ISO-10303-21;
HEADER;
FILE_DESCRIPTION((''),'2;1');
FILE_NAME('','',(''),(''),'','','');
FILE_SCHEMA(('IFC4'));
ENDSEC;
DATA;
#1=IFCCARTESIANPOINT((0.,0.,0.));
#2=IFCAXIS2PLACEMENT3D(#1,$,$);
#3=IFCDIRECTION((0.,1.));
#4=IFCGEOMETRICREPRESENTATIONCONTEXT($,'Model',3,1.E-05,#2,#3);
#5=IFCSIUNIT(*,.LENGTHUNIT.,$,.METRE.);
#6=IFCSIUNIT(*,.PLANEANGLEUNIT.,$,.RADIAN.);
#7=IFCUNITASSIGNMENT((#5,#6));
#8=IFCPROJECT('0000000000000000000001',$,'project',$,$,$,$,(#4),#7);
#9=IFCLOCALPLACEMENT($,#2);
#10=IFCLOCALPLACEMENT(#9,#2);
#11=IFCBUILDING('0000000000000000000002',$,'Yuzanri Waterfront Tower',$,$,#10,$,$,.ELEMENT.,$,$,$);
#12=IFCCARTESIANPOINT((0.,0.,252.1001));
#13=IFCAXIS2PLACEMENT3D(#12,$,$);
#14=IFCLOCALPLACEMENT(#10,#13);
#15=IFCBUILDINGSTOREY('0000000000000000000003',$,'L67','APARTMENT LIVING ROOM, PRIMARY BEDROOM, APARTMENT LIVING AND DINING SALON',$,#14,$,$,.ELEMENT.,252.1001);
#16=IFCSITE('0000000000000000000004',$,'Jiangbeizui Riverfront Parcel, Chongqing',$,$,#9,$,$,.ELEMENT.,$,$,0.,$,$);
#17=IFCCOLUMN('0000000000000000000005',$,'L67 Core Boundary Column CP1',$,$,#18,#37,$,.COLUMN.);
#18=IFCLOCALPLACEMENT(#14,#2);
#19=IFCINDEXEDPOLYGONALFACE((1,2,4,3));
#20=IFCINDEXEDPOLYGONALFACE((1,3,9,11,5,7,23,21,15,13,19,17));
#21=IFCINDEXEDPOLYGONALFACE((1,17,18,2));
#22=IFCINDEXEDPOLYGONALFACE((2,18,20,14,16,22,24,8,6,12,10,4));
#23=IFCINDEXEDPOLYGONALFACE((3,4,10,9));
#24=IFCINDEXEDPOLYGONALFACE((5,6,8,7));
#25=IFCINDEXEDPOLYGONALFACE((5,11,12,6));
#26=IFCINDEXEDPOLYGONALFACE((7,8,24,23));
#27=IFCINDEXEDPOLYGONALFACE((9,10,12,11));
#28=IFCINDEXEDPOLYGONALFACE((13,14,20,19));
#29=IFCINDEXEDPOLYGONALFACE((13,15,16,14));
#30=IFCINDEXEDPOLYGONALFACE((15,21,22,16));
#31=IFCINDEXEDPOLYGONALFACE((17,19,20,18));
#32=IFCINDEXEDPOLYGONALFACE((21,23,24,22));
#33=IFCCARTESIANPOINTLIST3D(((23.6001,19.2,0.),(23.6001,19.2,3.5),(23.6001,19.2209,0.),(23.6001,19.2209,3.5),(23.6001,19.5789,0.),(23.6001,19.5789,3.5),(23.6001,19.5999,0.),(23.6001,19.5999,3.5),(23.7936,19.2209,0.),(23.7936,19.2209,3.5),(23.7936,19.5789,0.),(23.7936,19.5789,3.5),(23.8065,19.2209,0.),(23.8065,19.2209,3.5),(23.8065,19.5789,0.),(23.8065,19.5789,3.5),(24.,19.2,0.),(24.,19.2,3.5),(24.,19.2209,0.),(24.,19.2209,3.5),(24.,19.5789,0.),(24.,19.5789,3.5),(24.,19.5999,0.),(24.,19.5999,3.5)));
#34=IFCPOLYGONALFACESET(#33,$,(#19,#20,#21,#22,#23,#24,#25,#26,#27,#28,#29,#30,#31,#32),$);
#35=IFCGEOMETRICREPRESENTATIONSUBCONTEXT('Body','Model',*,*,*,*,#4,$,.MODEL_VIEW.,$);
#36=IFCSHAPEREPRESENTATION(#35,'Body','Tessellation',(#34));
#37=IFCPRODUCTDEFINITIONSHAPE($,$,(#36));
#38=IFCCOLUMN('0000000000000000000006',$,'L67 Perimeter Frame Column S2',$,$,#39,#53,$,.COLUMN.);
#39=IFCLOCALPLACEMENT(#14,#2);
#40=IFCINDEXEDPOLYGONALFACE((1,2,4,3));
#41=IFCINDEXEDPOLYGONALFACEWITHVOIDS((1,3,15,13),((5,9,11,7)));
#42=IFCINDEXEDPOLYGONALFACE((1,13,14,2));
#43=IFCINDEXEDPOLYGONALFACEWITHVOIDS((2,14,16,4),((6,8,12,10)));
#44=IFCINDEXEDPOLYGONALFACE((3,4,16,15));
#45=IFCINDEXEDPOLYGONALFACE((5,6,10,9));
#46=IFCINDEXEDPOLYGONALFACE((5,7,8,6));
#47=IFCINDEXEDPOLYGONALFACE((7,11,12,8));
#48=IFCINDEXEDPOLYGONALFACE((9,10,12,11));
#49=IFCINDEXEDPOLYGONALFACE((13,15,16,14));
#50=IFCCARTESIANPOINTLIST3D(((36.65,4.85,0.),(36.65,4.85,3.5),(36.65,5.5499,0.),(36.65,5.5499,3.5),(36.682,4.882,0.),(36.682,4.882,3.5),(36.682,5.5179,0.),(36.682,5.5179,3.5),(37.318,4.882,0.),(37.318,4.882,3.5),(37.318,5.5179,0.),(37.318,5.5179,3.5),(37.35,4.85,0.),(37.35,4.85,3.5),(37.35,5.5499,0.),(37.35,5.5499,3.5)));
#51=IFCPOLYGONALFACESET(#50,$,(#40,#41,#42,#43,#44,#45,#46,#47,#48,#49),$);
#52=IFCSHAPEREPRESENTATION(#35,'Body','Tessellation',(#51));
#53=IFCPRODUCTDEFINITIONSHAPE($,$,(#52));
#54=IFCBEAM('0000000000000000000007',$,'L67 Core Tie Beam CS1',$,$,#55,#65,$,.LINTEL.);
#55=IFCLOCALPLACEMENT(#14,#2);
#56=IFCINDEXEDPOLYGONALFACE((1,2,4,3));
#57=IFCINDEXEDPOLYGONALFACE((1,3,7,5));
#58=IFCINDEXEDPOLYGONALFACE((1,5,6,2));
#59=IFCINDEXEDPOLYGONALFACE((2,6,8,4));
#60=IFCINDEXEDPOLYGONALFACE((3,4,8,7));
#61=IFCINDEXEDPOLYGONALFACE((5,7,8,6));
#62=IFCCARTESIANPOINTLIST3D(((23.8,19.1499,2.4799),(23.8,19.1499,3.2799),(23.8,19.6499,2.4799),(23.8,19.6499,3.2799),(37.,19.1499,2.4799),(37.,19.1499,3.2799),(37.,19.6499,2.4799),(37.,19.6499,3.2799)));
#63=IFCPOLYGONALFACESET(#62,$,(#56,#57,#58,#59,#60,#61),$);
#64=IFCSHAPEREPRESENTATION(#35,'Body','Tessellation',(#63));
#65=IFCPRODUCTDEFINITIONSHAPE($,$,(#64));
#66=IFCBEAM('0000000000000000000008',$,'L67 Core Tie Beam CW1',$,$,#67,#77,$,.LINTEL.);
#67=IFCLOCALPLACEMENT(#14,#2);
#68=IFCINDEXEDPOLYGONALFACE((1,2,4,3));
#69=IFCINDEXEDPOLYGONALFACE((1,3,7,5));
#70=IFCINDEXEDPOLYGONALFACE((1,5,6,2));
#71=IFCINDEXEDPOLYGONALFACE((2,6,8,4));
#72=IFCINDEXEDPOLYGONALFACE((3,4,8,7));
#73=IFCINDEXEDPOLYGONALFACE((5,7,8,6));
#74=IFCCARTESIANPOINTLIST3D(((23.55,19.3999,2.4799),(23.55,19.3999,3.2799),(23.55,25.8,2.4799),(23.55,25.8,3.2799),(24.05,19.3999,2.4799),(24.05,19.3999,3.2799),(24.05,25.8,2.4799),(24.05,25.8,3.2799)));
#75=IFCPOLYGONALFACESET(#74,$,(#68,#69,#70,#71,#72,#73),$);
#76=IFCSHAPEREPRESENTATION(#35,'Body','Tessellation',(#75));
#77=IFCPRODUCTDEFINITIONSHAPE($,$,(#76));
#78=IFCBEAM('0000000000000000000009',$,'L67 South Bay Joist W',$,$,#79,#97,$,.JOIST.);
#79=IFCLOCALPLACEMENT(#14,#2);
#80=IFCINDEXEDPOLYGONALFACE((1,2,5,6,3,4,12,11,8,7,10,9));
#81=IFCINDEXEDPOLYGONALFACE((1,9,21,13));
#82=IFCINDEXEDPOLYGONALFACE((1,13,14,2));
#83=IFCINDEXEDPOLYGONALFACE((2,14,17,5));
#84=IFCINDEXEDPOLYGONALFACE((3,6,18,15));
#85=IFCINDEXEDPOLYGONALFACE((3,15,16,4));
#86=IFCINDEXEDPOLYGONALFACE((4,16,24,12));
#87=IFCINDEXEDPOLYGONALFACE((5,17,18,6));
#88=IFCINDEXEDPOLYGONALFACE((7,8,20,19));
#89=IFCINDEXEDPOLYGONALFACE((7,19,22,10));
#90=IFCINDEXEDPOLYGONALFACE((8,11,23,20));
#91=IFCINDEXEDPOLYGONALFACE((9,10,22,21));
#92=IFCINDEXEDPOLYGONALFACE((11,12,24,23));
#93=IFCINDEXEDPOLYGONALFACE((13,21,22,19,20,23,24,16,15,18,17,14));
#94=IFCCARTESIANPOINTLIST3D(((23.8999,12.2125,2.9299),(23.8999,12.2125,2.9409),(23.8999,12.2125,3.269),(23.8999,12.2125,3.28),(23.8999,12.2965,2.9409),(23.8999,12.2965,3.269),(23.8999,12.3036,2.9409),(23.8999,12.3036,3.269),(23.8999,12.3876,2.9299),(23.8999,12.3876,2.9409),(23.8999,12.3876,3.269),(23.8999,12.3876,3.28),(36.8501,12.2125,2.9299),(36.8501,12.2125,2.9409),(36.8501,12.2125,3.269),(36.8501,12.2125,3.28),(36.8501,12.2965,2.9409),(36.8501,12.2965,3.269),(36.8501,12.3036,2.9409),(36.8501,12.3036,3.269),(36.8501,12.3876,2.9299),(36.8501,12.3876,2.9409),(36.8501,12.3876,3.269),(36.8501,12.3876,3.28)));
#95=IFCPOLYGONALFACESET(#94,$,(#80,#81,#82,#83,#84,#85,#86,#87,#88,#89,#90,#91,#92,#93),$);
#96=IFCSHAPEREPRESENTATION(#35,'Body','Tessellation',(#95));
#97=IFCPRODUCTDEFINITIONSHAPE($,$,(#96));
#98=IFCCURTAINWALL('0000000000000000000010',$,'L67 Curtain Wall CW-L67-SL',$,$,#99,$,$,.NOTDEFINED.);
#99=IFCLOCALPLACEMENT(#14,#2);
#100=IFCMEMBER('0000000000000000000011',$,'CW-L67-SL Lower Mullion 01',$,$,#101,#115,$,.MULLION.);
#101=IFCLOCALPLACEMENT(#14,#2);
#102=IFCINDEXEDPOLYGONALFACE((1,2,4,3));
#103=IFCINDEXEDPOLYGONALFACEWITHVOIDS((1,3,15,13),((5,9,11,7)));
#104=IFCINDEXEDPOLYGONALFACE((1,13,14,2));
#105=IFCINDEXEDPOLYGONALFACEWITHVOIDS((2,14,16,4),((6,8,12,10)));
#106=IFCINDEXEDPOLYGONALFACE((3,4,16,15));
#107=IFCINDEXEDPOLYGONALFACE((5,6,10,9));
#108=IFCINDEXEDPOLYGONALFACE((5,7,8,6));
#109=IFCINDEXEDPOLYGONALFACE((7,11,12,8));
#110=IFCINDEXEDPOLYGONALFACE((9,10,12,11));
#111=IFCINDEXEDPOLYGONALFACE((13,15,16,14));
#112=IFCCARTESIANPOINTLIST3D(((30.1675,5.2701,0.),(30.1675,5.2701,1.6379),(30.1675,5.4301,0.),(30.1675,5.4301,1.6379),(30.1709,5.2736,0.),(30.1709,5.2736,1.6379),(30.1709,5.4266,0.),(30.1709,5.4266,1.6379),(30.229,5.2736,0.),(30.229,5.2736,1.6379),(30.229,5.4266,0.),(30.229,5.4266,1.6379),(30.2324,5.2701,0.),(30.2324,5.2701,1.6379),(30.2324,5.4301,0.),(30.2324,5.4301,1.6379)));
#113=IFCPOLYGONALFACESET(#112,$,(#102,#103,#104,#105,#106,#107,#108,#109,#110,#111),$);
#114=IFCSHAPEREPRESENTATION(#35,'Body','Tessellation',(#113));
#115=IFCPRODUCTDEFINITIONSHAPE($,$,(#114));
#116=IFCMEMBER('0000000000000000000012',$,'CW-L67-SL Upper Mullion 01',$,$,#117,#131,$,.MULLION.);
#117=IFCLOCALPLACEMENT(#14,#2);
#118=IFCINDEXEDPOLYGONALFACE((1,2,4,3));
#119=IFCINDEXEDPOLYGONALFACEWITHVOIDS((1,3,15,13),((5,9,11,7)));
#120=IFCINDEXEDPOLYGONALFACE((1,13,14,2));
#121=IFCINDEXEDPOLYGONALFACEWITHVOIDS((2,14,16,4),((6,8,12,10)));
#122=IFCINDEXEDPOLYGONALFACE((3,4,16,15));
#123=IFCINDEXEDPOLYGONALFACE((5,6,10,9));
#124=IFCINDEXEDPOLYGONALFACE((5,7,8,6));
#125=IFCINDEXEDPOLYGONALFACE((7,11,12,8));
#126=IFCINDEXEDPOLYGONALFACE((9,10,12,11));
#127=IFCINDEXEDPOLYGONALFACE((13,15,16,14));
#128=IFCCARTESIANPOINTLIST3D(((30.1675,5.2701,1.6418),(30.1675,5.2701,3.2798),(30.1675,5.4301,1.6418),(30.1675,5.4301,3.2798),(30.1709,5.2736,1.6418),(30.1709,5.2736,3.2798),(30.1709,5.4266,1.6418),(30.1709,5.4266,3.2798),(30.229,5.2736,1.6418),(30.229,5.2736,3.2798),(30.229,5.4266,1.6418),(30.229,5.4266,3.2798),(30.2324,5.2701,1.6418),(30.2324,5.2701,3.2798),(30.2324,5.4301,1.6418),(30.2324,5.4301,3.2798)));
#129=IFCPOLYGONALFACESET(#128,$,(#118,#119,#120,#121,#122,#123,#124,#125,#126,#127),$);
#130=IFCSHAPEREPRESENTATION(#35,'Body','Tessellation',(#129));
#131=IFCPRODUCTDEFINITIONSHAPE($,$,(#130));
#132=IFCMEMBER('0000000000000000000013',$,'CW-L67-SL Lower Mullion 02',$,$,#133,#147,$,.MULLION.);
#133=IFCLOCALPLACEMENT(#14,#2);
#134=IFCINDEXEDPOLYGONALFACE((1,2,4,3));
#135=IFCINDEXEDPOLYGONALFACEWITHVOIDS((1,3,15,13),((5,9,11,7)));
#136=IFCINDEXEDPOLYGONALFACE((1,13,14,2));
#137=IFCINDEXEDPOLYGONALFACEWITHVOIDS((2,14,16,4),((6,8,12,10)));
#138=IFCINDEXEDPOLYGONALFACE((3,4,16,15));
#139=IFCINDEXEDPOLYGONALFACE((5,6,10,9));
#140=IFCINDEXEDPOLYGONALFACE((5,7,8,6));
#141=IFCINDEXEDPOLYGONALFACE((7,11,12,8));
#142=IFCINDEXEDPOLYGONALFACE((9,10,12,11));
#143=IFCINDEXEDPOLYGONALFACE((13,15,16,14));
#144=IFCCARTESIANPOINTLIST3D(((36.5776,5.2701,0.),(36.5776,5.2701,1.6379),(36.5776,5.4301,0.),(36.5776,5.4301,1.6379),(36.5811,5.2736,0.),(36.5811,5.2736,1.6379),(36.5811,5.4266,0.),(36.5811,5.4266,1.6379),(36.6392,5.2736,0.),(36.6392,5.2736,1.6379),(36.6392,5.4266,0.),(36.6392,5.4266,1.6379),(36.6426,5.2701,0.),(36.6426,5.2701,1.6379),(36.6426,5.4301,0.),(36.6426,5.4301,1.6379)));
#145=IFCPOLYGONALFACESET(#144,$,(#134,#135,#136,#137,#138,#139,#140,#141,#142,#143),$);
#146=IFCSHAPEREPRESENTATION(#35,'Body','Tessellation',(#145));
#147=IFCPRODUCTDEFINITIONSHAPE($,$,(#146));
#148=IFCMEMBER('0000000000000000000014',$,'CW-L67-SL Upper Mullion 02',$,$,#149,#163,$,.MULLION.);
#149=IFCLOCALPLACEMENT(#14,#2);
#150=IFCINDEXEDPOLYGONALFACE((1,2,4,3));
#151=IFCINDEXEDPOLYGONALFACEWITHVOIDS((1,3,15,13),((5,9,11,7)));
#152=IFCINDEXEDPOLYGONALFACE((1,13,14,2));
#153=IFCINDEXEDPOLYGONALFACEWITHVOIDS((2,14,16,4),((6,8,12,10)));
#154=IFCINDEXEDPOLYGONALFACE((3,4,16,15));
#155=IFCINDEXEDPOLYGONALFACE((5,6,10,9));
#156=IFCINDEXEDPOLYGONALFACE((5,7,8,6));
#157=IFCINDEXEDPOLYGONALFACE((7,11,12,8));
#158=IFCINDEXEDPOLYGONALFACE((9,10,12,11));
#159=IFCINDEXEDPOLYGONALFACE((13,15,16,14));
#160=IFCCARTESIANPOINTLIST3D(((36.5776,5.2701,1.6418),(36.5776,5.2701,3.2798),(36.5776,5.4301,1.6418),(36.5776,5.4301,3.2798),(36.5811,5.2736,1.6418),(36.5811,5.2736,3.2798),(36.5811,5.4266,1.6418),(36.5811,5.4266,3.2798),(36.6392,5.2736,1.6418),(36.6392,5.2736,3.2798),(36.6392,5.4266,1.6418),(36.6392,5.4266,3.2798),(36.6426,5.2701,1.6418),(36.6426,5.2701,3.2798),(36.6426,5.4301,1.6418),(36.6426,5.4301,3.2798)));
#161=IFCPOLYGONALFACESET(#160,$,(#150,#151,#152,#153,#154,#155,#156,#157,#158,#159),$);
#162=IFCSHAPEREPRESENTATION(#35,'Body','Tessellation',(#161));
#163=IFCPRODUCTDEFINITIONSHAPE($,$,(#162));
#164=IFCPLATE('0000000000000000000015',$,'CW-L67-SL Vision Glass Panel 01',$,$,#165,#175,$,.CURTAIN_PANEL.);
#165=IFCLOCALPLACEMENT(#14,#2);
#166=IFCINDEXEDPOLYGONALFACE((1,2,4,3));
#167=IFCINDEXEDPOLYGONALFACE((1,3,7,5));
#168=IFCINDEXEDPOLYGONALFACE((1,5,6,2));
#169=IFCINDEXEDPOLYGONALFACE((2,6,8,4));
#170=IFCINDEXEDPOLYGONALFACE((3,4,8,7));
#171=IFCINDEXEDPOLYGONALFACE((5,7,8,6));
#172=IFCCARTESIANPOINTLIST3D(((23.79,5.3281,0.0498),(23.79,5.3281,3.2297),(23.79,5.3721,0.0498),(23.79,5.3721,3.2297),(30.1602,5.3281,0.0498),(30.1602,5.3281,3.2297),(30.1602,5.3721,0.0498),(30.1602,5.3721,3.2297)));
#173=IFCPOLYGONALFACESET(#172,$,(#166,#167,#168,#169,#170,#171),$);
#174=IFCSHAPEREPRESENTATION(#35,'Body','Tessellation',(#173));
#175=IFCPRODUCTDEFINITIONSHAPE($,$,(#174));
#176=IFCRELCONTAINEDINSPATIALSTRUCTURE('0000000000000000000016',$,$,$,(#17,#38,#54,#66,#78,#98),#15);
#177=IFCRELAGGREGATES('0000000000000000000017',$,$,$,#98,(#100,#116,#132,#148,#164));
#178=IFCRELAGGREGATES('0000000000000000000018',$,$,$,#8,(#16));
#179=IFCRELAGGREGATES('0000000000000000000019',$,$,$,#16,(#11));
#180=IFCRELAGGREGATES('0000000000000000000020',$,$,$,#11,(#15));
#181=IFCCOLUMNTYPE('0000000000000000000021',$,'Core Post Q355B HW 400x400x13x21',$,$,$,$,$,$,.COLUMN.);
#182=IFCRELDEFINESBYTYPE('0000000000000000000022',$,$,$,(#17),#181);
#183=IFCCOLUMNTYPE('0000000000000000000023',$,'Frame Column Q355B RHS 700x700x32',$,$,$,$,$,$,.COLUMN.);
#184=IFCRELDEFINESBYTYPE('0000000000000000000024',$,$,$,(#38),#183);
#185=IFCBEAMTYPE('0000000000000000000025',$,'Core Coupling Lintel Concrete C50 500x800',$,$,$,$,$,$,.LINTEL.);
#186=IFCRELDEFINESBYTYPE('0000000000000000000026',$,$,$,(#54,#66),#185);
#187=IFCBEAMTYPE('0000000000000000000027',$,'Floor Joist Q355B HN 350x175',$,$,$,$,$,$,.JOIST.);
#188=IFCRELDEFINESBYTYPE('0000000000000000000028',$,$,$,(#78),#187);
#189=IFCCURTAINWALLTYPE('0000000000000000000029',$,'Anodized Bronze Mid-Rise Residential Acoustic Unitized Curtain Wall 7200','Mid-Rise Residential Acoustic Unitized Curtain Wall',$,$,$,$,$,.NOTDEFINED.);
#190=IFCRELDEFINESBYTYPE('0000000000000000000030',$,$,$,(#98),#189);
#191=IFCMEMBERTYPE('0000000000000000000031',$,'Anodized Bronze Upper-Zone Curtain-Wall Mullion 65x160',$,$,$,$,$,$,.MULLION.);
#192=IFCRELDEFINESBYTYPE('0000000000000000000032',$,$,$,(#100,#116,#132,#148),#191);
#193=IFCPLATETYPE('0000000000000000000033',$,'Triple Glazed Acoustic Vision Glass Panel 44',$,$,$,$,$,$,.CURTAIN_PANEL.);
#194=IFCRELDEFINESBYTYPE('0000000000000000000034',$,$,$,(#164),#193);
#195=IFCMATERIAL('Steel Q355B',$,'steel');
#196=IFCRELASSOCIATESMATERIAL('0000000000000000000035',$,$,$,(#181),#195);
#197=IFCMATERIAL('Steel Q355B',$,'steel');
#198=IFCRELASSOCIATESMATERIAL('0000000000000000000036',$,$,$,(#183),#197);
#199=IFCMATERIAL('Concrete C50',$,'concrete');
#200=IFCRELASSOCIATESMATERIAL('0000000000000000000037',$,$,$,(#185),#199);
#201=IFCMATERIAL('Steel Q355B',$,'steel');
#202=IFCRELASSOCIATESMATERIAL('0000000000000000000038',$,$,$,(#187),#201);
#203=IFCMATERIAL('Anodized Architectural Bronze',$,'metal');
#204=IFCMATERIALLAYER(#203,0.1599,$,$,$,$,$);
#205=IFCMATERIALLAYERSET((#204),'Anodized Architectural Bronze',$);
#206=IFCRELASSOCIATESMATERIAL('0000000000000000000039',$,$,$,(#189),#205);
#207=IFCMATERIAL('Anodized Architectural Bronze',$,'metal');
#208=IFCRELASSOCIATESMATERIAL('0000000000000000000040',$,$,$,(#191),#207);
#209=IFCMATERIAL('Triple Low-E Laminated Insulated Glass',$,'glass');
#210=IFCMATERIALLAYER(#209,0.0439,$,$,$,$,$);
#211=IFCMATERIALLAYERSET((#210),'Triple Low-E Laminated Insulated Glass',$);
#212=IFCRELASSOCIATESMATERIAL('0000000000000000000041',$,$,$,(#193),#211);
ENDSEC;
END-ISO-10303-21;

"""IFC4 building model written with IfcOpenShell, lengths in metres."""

from ifc_helpers import new_model, si_unit, direction, frame, origin, origin_2d, place, context, subcontext, project, spatial, rectangle, hollow_rectangle, i_section, extrude, source, transform, mapped, material, layer, layer_set, material_profile, profile_set, type_object, element, aggregate, save


model = new_model("IFC4")

# Units and contexts
model_context = context("Model", 3, precision=1e-05, world=origin(), true_north=direction((0.0, 1.0)))
body_context = subcontext(model_context, "Body", "Model", "MODEL_VIEW")
ifc_project = project(units=[si_unit("LENGTHUNIT", "METRE"), si_unit("PLANEANGLEUNIT", "RADIAN")], contexts=[model_context])

# Site, building, storey
site_placement = place(None, origin())
site = spatial("IfcSite", under=ifc_project, at=site_placement, Name="Jiangbeizui Riverfront Parcel, Chongqing", CompositionType="ELEMENT", RefElevation=0.0)
building_placement = place(site_placement, origin())
building = spatial("IfcBuilding", under=site, at=building_placement, Name="Yuzanri Waterfront Tower", CompositionType="ELEMENT")
storey_placement = place(building_placement, frame((0.0, 0.0, 252.1001)))
storey = spatial("IfcBuildingStorey", under=building, at=storey_placement, Name="L67", Description="APARTMENT LIVING ROOM, PRIMARY BEDROOM, APARTMENT LIVING AND DINING SALON", CompositionType="ELEMENT", Elevation=252.1001)

# Columns
ifc_material_1 = material(Name="Steel Q355B", Category="steel")
ifc_material_profile_1 = material_profile(ifc_material_1, i_section(OverallWidth=0.3999, OverallDepth=0.3999, WebThickness=0.0129, FlangeThickness=0.021, at=origin_2d()), Name="HW 400x400x13x21")
ifc_profile_set_1 = profile_set([ifc_material_profile_1], Name="Steel Q355B")
column_type_1 = type_object("IfcColumnType", Name="Core Post Q355B HW 400x400x13x21", PredefinedType="COLUMN", material=ifc_profile_set_1)
shared_shape_1 = source(origin(), body_context, "Body", "SweptSolid", [
    extrude(i_section(OverallWidth=0.3999, OverallDepth=0.3999, WebThickness=0.0129, FlangeThickness=0.021, at=origin_2d()), origin(), (0.0, 0.0, 1.0), 3.5),
])
column_1_placement = place(storey_placement, frame((23.8, 19.3999, 0.0), z_axis=(0.0, 0.0, 1.0), x_axis=(1.0, 0.0, 0.0)))
element("IfcColumn", 1, at=column_1_placement, inside=storey, type_object=column_type_1, Name="L67 Core Boundary Column CP1", PredefinedType="COLUMN", context=body_context, shape_type="MappedRepresentation", body=[
    mapped(shared_shape_1, transform((0.0, 0.0, 0.0), scale=1.0)),
])
ifc_material_2 = material(Name="Steel Q355B", Category="steel")
ifc_material_profile_2 = material_profile(ifc_material_2, hollow_rectangle(XDim=0.7, YDim=0.7, WallThickness=0.032, at=origin_2d()), Name="RHS 700x700x32")
ifc_profile_set_2 = profile_set([ifc_material_profile_2], Name="Steel Q355B")
column_type_2 = type_object("IfcColumnType", Name="Frame Column Q355B RHS 700x700x32", PredefinedType="COLUMN", material=ifc_profile_set_2)
shared_shape_2 = source(origin(), body_context, "Body", "SweptSolid", [
    extrude(hollow_rectangle(XDim=0.7, YDim=0.7, WallThickness=0.032, at=origin_2d()), origin(), (0.0, 0.0, 1.0), 3.5),
])
column_2_placement = place(storey_placement, frame((37.0, 5.2, 0.0), z_axis=(0.0, 0.0, 1.0), x_axis=(1.0, 0.0, 0.0)))
element("IfcColumn", 2, at=column_2_placement, inside=storey, type_object=column_type_2, Name="L67 Perimeter Frame Column S2", PredefinedType="COLUMN", context=body_context, shape_type="MappedRepresentation", body=[
    mapped(shared_shape_2, transform((0.0, 0.0, 0.0), scale=1.0)),
])

# Beams
ifc_material_3 = material(Name="Concrete C50", Category="concrete")
ifc_material_profile_3 = material_profile(ifc_material_3, rectangle(XDim=0.5, YDim=0.8, at=origin_2d()), Name="RC 500x800")
ifc_profile_set_3 = profile_set([ifc_material_profile_3], Name="Concrete C50")
beam_type_1 = type_object("IfcBeamType", Name="Core Coupling Lintel Concrete C50 500x800", PredefinedType="LINTEL", material=ifc_profile_set_3)
shared_shape_3 = source(origin(), body_context, "Body", "SweptSolid", [
    extrude(rectangle(XDim=0.5, YDim=0.8, at=origin_2d()), origin(), (0.0, 0.0, 1.0), 13.2),
])
beam_1_placement = place(storey_placement, frame((23.8, 19.3999, 2.8799), z_axis=(1.0, 0.0, 0.0), x_axis=(0.0, 1.0, 0.0)))
element("IfcBeam", 3, at=beam_1_placement, inside=storey, type_object=beam_type_1, Name="L67 Core Tie Beam CS1", PredefinedType="LINTEL", context=body_context, shape_type="MappedRepresentation", body=[
    mapped(shared_shape_3, transform((0.0, 0.0, 0.0), scale=1.0)),
])
shared_shape_4 = source(origin(), body_context, "Body", "SweptSolid", [
    extrude(rectangle(XDim=0.5, YDim=0.8, at=origin_2d()), origin(), (0.0, 0.0, 1.0), 6.4001),
])
beam_2_placement = place(storey_placement, frame((23.8, 19.3999, 2.8799), z_axis=(0.0, 1.0, 0.0), x_axis=(-1.0, 0.0, 0.0)))
element("IfcBeam", 4, at=beam_2_placement, inside=storey, type_object=beam_type_1, Name="L67 Core Tie Beam CW1", PredefinedType="LINTEL", context=body_context, shape_type="MappedRepresentation", body=[
    mapped(shared_shape_4, transform((0.0, 0.0, 0.0), scale=1.0)),
])
ifc_material_4 = material(Name="Steel Q355B", Category="steel")
ifc_material_profile_4 = material_profile(ifc_material_4, i_section(OverallWidth=0.175, OverallDepth=0.3501, WebThickness=0.0071, FlangeThickness=0.011, at=origin_2d()), Name="HN 350x175x7x11")
ifc_profile_set_4 = profile_set([ifc_material_profile_4], Name="Steel Q355B")
beam_type_2 = type_object("IfcBeamType", Name="Floor Joist Q355B HN 350x175", PredefinedType="JOIST", material=ifc_profile_set_4)
shared_shape_5 = source(origin(), body_context, "Body", "SweptSolid", [
    extrude(i_section(OverallWidth=0.175, OverallDepth=0.3501, WebThickness=0.0071, FlangeThickness=0.011, at=origin_2d()), origin(), (0.0, 0.0, 1.0), 12.9502),
])
beam_3_placement = place(storey_placement, frame((23.8999, 12.3, 3.105), z_axis=(1.0, 0.0, 0.0), x_axis=(0.0, 1.0, 0.0)))
element("IfcBeam", 5, at=beam_3_placement, inside=storey, type_object=beam_type_2, Name="L67 South Bay Joist W", PredefinedType="JOIST", context=body_context, shape_type="MappedRepresentation", body=[
    mapped(shared_shape_5, transform((0.0, 0.0, 0.0), scale=1.0)),
])

# Curtain wall, members, plate
ifc_material_5 = material(Name="Anodized Architectural Bronze", Category="metal")
ifc_layer_1 = layer(ifc_material_5, 0.1599)
ifc_layer_set_1 = layer_set([ifc_layer_1], Name="Anodized Architectural Bronze")
curtain_wall_type = type_object("IfcCurtainWallType", Name="Anodized Bronze Mid-Rise Residential Acoustic Unitized Curtain Wall 7200", Description="Mid-Rise Residential Acoustic Unitized Curtain Wall", PredefinedType="NOTDEFINED", material=ifc_layer_set_1)
curtain_wall_placement = place(storey_placement, origin())
curtain_wall = element("IfcCurtainWall", 6, at=curtain_wall_placement, inside=storey, type_object=curtain_wall_type, Name="L67 Curtain Wall CW-L67-SL", PredefinedType="NOTDEFINED")
ifc_material_6 = material(Name="Anodized Architectural Bronze", Category="metal")
ifc_material_profile_5 = material_profile(ifc_material_6, hollow_rectangle(XDim=0.0649, YDim=0.1599, WallThickness=0.0034, at=origin_2d()), Name="CWM 65x160")
ifc_profile_set_5 = profile_set([ifc_material_profile_5], Name="Anodized Architectural Bronze")
member_type = type_object("IfcMemberType", Name="Anodized Bronze Upper-Zone Curtain-Wall Mullion 65x160", PredefinedType="MULLION", material=ifc_profile_set_5)
shared_shape_6 = source(origin(), body_context, "Body", "SweptSolid", [
    extrude(hollow_rectangle(XDim=0.0649, YDim=0.1599, WallThickness=0.0034, at=origin_2d()), origin(), (0.0, 0.0, 1.0), 1.6379),
])
member_1_placement = place(storey_placement, frame((30.2, 5.3501, 0.0), z_axis=(0.0, 0.0, 1.0), x_axis=(1.0, 0.0, 0.0)))
member_1 = element("IfcMember", 7, at=member_1_placement, type_object=member_type, Name="CW-L67-SL Lower Mullion 01", PredefinedType="MULLION", context=body_context, shape_type="MappedRepresentation", body=[
    mapped(shared_shape_6, transform((0.0, 0.0, 0.0), scale=1.0)),
])
member_2_placement = place(storey_placement, frame((30.2, 5.3501, 1.6418), z_axis=(0.0, 0.0, 1.0), x_axis=(1.0, 0.0, 0.0)))
member_2 = element("IfcMember", 8, at=member_2_placement, type_object=member_type, Name="CW-L67-SL Upper Mullion 01", PredefinedType="MULLION", context=body_context, shape_type="MappedRepresentation", body=[
    mapped(shared_shape_6, transform((0.0, 0.0, 0.0), scale=1.0)),
])
member_3_placement = place(storey_placement, frame((36.6101, 5.3501, 0.0), z_axis=(0.0, 0.0, 1.0), x_axis=(1.0, 0.0, 0.0)))
member_3 = element("IfcMember", 9, at=member_3_placement, type_object=member_type, Name="CW-L67-SL Lower Mullion 02", PredefinedType="MULLION", context=body_context, shape_type="MappedRepresentation", body=[
    mapped(shared_shape_6, transform((0.0, 0.0, 0.0), scale=1.0)),
])
member_4_placement = place(storey_placement, frame((36.6101, 5.3501, 1.6418), z_axis=(0.0, 0.0, 1.0), x_axis=(1.0, 0.0, 0.0)))
member_4 = element("IfcMember", 10, at=member_4_placement, type_object=member_type, Name="CW-L67-SL Upper Mullion 02", PredefinedType="MULLION", context=body_context, shape_type="MappedRepresentation", body=[
    mapped(shared_shape_6, transform((0.0, 0.0, 0.0), scale=1.0)),
])
ifc_material_7 = material(Name="Triple Low-E Laminated Insulated Glass", Category="glass")
ifc_layer_2 = layer(ifc_material_7, 0.0439)
ifc_layer_set_2 = layer_set([ifc_layer_2], Name="Triple Low-E Laminated Insulated Glass")
plate_type = type_object("IfcPlateType", Name="Triple Glazed Acoustic Vision Glass Panel 44", PredefinedType="CURTAIN_PANEL", material=ifc_layer_set_2)
shared_shape_7 = source(origin(), body_context, "Body", "SweptSolid", [
    extrude(rectangle(XDim=6.3701, YDim=0.0439, at=origin_2d()), origin(), (0.0, 0.0, 1.0), 3.1799),
])
plate_1_placement = place(storey_placement, frame((26.9751, 5.3501, 0.0498), z_axis=(0.0, 0.0, 1.0), x_axis=(1.0, 0.0, 0.0)))
plate_1 = element("IfcPlate", 11, at=plate_1_placement, type_object=plate_type, Name="CW-L67-SL Vision Glass Panel 01", PredefinedType="CURTAIN_PANEL", context=body_context, shape_type="MappedRepresentation", body=[
    mapped(shared_shape_7, transform((0.0, 0.0, 0.0), scale=1.0)),
])
aggregate(curtain_wall, [member_1, member_2, member_3, member_4, plate_1])

save(model, "model.ifc")
